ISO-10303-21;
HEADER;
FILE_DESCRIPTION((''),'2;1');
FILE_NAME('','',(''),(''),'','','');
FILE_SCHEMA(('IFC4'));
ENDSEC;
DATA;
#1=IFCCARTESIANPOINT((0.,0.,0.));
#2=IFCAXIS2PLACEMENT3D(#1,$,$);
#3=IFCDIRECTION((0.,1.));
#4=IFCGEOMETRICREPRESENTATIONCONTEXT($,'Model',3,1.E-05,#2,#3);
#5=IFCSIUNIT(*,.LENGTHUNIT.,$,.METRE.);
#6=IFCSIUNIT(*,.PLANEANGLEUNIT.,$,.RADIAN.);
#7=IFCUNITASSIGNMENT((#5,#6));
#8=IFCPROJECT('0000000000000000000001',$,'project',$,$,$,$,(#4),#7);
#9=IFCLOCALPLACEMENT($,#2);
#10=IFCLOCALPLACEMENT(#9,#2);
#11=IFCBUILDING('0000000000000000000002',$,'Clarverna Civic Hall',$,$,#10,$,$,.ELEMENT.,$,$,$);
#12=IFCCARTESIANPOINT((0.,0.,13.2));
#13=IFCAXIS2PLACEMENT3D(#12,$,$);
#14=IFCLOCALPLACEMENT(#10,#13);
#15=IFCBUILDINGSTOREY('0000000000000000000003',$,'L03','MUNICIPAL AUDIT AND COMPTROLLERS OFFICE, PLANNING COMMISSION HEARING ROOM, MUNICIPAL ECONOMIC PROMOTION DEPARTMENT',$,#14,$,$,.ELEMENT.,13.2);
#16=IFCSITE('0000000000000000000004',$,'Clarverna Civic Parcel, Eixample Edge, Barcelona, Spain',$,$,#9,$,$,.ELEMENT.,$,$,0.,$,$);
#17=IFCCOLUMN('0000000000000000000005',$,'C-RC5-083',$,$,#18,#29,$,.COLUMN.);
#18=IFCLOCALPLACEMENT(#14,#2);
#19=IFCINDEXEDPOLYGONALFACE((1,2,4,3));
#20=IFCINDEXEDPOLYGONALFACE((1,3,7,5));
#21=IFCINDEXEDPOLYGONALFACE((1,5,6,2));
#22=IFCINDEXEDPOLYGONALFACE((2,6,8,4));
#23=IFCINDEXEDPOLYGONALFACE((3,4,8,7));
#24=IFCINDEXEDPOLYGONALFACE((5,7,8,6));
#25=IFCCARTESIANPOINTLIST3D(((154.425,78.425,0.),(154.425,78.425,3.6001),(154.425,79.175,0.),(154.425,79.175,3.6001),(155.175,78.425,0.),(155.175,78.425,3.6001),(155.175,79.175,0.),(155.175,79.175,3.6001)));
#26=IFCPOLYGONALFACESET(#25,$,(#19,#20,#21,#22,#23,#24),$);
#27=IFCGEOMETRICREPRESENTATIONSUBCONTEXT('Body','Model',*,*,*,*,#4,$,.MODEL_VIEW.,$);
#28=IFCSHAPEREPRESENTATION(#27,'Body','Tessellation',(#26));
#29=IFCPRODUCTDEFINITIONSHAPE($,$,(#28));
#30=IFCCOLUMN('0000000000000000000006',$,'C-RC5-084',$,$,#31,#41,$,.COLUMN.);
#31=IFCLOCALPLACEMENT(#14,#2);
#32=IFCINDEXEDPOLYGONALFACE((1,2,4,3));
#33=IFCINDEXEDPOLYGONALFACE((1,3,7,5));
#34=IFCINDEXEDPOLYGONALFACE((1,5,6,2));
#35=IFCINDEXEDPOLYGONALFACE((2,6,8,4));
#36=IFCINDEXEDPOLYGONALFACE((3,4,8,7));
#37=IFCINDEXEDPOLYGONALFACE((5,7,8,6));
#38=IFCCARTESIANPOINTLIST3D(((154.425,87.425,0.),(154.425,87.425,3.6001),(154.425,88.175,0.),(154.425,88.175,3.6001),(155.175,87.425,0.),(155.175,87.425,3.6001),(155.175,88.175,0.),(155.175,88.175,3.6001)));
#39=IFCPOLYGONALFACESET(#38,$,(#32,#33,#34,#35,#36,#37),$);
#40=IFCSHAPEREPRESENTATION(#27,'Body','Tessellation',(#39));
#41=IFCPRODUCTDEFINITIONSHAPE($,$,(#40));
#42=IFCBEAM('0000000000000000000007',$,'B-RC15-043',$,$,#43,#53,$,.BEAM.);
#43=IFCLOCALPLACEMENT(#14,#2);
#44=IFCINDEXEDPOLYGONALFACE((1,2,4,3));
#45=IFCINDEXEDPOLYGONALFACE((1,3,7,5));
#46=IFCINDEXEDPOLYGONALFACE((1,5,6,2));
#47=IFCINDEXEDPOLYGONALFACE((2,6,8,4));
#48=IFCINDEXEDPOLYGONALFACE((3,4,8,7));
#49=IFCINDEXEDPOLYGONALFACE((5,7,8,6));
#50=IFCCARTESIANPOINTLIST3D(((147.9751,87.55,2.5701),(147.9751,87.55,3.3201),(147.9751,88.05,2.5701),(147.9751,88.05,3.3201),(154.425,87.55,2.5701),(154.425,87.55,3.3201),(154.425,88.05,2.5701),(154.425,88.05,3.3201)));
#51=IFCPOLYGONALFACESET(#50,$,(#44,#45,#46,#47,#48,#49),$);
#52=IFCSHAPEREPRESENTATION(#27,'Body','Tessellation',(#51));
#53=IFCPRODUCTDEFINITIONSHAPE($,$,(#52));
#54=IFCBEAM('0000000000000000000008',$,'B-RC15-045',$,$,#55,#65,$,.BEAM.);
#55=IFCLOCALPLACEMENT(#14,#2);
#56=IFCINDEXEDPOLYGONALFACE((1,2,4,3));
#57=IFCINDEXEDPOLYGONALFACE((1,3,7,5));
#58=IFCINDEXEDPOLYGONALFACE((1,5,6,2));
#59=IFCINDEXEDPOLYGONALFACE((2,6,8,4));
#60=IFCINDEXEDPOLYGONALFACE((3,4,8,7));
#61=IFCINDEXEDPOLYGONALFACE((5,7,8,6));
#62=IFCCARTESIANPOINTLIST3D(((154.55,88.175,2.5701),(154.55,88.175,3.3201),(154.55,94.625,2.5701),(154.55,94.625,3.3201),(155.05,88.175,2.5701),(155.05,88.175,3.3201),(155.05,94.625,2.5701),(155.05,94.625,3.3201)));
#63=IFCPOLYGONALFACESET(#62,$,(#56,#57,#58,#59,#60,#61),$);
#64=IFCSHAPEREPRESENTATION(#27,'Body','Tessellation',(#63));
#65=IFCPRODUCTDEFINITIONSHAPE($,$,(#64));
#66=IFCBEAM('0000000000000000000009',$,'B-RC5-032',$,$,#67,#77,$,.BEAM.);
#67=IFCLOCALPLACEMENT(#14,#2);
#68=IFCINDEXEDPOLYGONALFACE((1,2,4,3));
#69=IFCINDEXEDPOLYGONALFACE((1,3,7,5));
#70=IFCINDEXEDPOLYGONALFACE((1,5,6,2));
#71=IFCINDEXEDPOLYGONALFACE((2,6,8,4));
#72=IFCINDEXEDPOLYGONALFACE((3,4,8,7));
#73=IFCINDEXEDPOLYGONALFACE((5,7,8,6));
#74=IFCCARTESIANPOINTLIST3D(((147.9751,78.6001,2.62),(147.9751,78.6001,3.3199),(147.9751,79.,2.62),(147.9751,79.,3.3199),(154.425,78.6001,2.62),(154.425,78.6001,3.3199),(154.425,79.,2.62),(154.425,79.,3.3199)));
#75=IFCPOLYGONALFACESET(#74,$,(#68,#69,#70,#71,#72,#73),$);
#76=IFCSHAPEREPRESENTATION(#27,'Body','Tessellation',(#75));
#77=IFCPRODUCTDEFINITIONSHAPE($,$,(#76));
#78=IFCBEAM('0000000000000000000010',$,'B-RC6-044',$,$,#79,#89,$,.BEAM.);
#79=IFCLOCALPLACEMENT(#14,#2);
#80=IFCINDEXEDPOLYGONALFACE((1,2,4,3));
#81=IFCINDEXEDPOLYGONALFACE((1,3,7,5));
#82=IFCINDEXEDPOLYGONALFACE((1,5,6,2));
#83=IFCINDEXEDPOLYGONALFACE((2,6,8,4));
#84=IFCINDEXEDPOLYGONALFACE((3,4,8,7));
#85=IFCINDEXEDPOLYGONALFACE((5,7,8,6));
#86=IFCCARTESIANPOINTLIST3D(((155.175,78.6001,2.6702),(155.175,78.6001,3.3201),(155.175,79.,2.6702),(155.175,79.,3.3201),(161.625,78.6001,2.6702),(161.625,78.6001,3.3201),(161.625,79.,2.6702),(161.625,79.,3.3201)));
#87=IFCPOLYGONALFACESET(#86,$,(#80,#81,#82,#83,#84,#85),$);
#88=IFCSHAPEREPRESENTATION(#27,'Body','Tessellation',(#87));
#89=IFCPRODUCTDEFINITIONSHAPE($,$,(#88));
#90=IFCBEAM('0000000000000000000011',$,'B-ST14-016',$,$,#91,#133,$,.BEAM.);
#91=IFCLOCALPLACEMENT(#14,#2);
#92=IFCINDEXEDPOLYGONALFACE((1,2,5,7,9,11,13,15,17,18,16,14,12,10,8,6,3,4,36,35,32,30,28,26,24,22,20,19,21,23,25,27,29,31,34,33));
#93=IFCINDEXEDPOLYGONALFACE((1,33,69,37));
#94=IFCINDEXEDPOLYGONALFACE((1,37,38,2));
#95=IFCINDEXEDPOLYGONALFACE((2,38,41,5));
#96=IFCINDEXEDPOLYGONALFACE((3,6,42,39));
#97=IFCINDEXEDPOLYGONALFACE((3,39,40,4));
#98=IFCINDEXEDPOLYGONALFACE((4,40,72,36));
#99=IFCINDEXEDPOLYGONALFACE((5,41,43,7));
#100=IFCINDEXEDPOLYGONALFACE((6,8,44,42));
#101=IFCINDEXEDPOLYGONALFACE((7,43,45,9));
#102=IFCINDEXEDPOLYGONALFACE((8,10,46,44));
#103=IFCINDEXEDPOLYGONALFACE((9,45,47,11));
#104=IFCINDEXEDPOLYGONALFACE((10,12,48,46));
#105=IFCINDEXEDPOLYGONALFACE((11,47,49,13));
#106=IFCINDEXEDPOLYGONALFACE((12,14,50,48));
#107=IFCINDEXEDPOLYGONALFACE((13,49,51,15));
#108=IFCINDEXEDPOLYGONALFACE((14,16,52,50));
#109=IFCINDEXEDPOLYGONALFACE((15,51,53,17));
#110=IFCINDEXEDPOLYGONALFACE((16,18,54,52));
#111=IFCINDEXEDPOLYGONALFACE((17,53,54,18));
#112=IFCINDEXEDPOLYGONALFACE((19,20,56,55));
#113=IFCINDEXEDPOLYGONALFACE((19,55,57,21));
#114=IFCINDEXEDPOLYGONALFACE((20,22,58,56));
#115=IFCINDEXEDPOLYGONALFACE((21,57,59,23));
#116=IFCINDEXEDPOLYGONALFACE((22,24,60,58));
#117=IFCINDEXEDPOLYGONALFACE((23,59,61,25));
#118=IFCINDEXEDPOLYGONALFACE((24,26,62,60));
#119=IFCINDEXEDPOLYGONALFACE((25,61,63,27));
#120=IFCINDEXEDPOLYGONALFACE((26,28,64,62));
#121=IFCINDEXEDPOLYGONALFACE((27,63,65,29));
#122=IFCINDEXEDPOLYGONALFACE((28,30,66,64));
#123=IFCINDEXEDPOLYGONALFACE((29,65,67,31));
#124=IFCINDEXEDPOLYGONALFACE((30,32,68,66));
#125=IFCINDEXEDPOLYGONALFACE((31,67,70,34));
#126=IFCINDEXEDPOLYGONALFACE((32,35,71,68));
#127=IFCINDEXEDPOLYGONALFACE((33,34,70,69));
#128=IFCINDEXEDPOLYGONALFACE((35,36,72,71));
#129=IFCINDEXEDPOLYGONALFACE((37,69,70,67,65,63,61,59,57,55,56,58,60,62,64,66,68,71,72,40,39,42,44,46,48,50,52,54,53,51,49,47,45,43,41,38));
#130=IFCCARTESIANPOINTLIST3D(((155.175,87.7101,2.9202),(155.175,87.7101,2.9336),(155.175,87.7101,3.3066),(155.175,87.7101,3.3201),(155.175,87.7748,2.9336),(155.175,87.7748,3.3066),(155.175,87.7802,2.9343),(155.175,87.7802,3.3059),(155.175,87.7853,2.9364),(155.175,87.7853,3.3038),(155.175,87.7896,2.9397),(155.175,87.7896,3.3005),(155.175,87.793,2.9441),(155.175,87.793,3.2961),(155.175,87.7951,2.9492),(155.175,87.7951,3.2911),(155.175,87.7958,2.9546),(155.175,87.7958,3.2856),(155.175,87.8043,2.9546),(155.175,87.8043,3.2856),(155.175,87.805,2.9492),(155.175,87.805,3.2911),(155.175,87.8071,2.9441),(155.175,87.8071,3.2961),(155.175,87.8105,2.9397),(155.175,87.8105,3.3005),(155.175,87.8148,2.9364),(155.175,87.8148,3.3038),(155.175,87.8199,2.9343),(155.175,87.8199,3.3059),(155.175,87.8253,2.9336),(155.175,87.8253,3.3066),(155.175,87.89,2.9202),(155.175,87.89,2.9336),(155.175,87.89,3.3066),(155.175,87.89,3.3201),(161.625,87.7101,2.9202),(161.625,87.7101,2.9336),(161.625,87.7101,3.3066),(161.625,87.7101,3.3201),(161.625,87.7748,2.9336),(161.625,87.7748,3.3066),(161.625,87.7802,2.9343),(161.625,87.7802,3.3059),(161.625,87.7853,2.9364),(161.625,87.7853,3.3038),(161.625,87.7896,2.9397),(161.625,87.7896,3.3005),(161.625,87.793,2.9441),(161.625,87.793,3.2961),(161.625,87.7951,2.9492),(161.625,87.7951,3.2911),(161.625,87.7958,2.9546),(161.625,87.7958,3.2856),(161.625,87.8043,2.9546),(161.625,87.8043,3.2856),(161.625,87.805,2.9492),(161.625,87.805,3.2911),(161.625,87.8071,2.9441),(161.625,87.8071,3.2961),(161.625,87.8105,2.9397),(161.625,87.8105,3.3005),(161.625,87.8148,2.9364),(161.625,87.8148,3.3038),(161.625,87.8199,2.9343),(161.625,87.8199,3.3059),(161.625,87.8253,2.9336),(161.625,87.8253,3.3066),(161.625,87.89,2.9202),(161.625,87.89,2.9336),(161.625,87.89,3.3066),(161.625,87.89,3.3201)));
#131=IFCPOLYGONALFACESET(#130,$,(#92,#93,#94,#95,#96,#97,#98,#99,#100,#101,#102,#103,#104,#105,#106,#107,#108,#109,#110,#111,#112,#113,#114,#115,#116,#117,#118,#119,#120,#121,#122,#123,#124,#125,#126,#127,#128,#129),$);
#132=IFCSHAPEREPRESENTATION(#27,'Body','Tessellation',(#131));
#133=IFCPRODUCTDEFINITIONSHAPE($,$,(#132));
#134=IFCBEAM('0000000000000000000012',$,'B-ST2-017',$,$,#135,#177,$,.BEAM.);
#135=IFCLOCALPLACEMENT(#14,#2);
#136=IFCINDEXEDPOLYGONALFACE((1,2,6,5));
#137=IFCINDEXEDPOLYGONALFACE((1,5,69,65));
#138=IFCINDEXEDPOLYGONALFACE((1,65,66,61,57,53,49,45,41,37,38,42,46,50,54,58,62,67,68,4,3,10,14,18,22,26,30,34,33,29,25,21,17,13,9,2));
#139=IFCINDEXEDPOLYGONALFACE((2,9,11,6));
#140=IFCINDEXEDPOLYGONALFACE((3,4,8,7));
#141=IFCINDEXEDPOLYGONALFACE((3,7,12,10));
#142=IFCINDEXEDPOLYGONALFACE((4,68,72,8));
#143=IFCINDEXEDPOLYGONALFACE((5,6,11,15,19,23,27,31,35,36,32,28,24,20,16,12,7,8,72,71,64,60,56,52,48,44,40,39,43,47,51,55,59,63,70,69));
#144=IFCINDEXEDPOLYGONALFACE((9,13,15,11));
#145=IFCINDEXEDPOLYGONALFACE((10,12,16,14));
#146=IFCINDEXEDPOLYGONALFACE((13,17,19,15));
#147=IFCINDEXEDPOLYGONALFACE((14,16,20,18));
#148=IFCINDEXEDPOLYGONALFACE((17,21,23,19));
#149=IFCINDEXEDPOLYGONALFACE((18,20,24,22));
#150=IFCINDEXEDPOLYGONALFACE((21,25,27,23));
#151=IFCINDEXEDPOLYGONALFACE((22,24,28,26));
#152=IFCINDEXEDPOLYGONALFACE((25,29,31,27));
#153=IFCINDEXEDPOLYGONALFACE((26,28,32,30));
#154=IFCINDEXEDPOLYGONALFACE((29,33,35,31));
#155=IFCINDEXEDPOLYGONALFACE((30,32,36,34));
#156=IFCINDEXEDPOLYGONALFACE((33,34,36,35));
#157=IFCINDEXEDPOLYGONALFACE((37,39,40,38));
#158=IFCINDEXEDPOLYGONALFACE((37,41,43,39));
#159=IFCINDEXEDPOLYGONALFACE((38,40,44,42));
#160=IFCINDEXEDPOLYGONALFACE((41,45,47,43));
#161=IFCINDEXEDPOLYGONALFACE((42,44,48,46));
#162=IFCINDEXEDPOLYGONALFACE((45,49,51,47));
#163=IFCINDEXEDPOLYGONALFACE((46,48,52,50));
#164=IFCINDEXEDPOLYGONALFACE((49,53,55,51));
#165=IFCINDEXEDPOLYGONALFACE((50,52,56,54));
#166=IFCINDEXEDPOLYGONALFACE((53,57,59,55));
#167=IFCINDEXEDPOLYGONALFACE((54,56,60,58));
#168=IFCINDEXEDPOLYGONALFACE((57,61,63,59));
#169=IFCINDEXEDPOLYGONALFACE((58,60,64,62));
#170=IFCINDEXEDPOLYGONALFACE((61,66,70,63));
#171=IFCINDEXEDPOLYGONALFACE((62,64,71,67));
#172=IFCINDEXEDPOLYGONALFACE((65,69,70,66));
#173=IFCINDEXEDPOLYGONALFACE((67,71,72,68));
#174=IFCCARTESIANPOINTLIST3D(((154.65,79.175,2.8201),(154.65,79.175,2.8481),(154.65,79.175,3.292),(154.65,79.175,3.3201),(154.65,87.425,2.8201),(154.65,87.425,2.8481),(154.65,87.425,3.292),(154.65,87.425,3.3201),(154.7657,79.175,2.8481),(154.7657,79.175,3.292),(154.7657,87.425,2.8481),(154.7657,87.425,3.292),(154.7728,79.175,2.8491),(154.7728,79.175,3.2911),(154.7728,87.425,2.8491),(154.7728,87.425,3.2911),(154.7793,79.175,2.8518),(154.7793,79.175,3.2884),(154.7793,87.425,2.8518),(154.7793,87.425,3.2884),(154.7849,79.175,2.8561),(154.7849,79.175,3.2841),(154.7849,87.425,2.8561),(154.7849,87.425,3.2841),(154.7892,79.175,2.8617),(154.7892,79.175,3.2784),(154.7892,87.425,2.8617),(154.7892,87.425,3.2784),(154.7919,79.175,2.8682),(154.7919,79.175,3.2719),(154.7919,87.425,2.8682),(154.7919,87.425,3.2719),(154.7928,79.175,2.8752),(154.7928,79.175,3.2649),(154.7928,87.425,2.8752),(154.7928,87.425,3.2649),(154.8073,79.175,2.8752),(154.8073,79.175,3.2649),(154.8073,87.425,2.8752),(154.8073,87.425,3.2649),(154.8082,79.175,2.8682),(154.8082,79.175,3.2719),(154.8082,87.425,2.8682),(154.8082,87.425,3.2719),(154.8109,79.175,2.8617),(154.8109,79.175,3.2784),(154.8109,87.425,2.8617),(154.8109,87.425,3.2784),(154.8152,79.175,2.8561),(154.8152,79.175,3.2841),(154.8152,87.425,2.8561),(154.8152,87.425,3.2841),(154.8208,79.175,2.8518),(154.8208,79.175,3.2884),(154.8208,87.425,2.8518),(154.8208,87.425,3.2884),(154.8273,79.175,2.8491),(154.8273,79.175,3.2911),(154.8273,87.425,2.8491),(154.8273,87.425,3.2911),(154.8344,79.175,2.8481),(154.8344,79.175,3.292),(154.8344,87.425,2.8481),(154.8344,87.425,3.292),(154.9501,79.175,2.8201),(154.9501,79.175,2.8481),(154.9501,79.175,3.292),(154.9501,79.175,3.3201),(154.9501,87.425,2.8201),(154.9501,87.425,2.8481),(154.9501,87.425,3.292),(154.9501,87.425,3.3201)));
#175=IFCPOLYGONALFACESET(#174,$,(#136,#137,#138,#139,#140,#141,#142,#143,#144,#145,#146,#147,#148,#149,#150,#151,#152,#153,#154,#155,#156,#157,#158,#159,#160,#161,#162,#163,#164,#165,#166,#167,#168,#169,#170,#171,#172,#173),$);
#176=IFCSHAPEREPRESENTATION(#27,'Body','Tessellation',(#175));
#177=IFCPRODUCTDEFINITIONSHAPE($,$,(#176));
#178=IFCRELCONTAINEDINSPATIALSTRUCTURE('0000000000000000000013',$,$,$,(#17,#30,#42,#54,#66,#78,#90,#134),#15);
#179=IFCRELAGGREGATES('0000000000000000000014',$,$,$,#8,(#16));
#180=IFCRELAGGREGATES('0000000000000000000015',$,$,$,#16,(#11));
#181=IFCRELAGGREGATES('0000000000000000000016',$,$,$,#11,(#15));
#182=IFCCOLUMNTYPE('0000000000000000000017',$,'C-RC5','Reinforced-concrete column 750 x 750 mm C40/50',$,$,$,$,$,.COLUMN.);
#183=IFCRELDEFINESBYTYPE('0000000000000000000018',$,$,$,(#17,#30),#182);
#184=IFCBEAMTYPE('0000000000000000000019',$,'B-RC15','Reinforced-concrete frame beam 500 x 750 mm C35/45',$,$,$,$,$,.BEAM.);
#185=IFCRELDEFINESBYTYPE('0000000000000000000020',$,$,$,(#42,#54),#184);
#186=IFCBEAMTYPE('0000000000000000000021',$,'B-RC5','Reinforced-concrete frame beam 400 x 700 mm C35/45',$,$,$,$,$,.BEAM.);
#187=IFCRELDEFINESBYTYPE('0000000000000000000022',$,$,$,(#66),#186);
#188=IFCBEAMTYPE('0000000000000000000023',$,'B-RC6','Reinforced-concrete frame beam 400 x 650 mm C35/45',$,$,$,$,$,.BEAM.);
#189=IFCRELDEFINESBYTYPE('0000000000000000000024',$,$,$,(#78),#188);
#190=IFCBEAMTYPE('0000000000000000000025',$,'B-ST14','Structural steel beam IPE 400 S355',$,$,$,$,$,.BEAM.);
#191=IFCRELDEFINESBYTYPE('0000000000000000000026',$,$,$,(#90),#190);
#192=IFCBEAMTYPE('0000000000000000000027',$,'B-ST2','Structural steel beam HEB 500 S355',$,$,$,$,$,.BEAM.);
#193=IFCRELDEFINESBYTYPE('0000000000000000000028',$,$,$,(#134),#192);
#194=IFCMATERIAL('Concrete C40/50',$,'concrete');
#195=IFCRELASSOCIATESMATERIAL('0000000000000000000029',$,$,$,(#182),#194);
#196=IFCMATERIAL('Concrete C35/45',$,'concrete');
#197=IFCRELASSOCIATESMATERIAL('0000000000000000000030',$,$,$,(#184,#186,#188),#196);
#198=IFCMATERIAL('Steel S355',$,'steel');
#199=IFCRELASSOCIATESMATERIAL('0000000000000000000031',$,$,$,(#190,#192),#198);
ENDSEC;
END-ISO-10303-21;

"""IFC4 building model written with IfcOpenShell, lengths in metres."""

from ifc_helpers import new_model, si_unit, direction, frame, origin, origin_2d, place, context, subcontext, project, spatial, rectangle, i_section, extrude, material, material_profile, profile_set, type_object, element, save


model = new_model("IFC4")

# Units and contexts
model_context = context("Model", 3, precision=1e-05, world=origin(), true_north=direction((0.0, 1.0)))
body_context = subcontext(model_context, "Body", "Model", "MODEL_VIEW")
ifc_project = project(units=[si_unit("LENGTHUNIT", "METRE"), si_unit("PLANEANGLEUNIT", "RADIAN")], contexts=[model_context])

# Site, building, storey
site_placement = place(None, origin())
site = spatial("IfcSite", under=ifc_project, at=site_placement, Name="Clarverna Civic Parcel, Eixample Edge, Barcelona, Spain", CompositionType="ELEMENT", RefElevation=0.0)
building_placement = place(site_placement, origin())
building = spatial("IfcBuilding", under=site, at=building_placement, Name="Clarverna Civic Hall", CompositionType="ELEMENT")
storey_placement = place(building_placement, frame((0.0, 0.0, 13.2)))
storey = spatial("IfcBuildingStorey", under=building, at=storey_placement, Name="L03", Description="MUNICIPAL AUDIT AND COMPTROLLERS OFFICE, PLANNING COMMISSION HEARING ROOM, MUNICIPAL ECONOMIC PROMOTION DEPARTMENT", CompositionType="ELEMENT", Elevation=13.2)

# Columns
ifc_material_1 = material(Name="Concrete C40/50", Category="concrete")
ifc_material_profile_1 = material_profile(ifc_material_1, rectangle(XDim=0.75, YDim=0.75, at=origin_2d()), Name="RC 750x750")
ifc_profile_set_1 = profile_set([ifc_material_profile_1], Name="Concrete C40/50")
column_type = type_object("IfcColumnType", Name="C-RC5", Description="Reinforced-concrete column 750 x 750 mm C40/50", PredefinedType="COLUMN", material=ifc_profile_set_1)
for number, where, z_axis, x_axis, name in (
    (1, (154.8, 78.8, 0.0), (0.0, 0.0, 1.0), (1.0, 0.0, 0.0), "C-RC5-083"),
    (2, (154.8, 87.8, 0.0), (0.0, 0.0, 1.0), (1.0, 0.0, 0.0), "C-RC5-084"),
):
    element("IfcColumn", number, at=place(storey_placement, frame(where, z_axis=z_axis, x_axis=x_axis)), inside=storey, type_object=column_type, Name=name, PredefinedType="COLUMN", context=body_context, shape_type="SweptSolid", body=[
        extrude(rectangle(XDim=0.75, YDim=0.75, at=origin_2d()), origin(), (0.0, 0.0, 1.0), 3.6001),
    ])

# Beams
ifc_material_2 = material(Name="Concrete C35/45", Category="concrete")
ifc_material_profile_2 = material_profile(ifc_material_2, rectangle(XDim=0.5, YDim=0.75, at=origin_2d()), Name="RC 500x750")
ifc_profile_set_2 = profile_set([ifc_material_profile_2], Name="Concrete C35/45")
beam_type_1 = type_object("IfcBeamType", Name="B-RC15", Description="Reinforced-concrete frame beam 500 x 750 mm C35/45", PredefinedType="BEAM", material=ifc_profile_set_2)
for number, where, z_axis, x_axis, name in (
    (3, (147.9751, 87.8, 2.9451), (1.0, 0.0, 0.0), (0.0, 1.0, 0.0), "B-RC15-043"),
    (4, (154.8, 88.175, 2.9451), (0.0, 1.0, 0.0), (-1.0, 0.0, 0.0), "B-RC15-045"),
):
    element("IfcBeam", number, at=place(storey_placement, frame(where, z_axis=z_axis, x_axis=x_axis)), inside=storey, type_object=beam_type_1, Name=name, PredefinedType="BEAM", context=body_context, shape_type="SweptSolid", body=[
        extrude(rectangle(XDim=0.5, YDim=0.75, at=origin_2d()), origin(), (0.0, 0.0, 1.0), 6.45),
    ])
ifc_material_profile_3 = material_profile(ifc_material_2, rectangle(XDim=0.3999, YDim=0.7, at=origin_2d()), Name="RC 400x700")
ifc_profile_set_3 = profile_set([ifc_material_profile_3], Name="Concrete C35/45")
beam_type_2 = type_object("IfcBeamType", Name="B-RC5", Description="Reinforced-concrete frame beam 400 x 700 mm C35/45", PredefinedType="BEAM", material=ifc_profile_set_3)
beam_1_placement = place(storey_placement, frame((147.9751, 78.8, 2.97), z_axis=(1.0, 0.0, 0.0), x_axis=(0.0, 1.0, 0.0)))
element("IfcBeam", 5, at=beam_1_placement, inside=storey, type_object=beam_type_2, Name="B-RC5-032", PredefinedType="BEAM", context=body_context, shape_type="SweptSolid", body=[
    extrude(rectangle(XDim=0.3999, YDim=0.7, at=origin_2d()), origin(), (0.0, 0.0, 1.0), 6.45),
])
ifc_material_profile_4 = material_profile(ifc_material_2, rectangle(XDim=0.3999, YDim=0.6499, at=origin_2d()), Name="RC 400x650")
ifc_profile_set_4 = profile_set([ifc_material_profile_4], Name="Concrete C35/45")
beam_type_3 = type_object("IfcBeamType", Name="B-RC6", Description="Reinforced-concrete frame beam 400 x 650 mm C35/45", PredefinedType="BEAM", material=ifc_profile_set_4)
beam_2_placement = place(storey_placement, frame((155.175, 78.8, 2.9951), z_axis=(1.0, 0.0, 0.0), x_axis=(0.0, 1.0, 0.0)))
element("IfcBeam", 6, at=beam_2_placement, inside=storey, type_object=beam_type_3, Name="B-RC6-044", PredefinedType="BEAM", context=body_context, shape_type="SweptSolid", body=[
    extrude(rectangle(XDim=0.3999, YDim=0.6499, at=origin_2d()), origin(), (0.0, 0.0, 1.0), 6.45),
])
ifc_material_3 = material(Name="Steel S355", Category="steel")
ifc_material_profile_5 = material_profile(ifc_material_3, i_section(OverallWidth=0.1799, OverallDepth=0.3999, WebThickness=0.0085, FlangeThickness=0.0134, FilletRadius=0.021, at=origin_2d()), Name="IPE 400")
ifc_profile_set_5 = profile_set([ifc_material_profile_5], Name="Steel S355")
beam_type_4 = type_object("IfcBeamType", Name="B-ST14", Description="Structural steel beam IPE 400 S355", PredefinedType="BEAM", material=ifc_profile_set_5)
beam_3_placement = place(storey_placement, frame((155.175, 87.8, 3.1201), z_axis=(1.0, 0.0, 0.0), x_axis=(0.0, 1.0, 0.0)))
element("IfcBeam", 7, at=beam_3_placement, inside=storey, type_object=beam_type_4, Name="B-ST14-016", PredefinedType="BEAM", context=body_context, shape_type="SweptSolid", body=[
    extrude(i_section(OverallWidth=0.1799, OverallDepth=0.3999, WebThickness=0.0085, FlangeThickness=0.0134, FilletRadius=0.021, at=origin_2d()), origin(), (0.0, 0.0, 1.0), 6.45),
])
ifc_material_profile_6 = material_profile(ifc_material_3, i_section(OverallWidth=0.3, OverallDepth=0.5, WebThickness=0.0144, FlangeThickness=0.0281, FilletRadius=0.0271, at=origin_2d()), Name="HEB 500")
ifc_profile_set_6 = profile_set([ifc_material_profile_6], Name="Steel S355")
beam_type_5 = type_object("IfcBeamType", Name="B-ST2", Description="Structural steel beam HEB 500 S355", PredefinedType="BEAM", material=ifc_profile_set_6)
beam_4_placement = place(storey_placement, frame((154.8, 79.175, 3.0701), z_axis=(0.0, 1.0, 0.0), x_axis=(-1.0, 0.0, 0.0)))
element("IfcBeam", 8, at=beam_4_placement, inside=storey, type_object=beam_type_5, Name="B-ST2-017", PredefinedType="BEAM", context=body_context, shape_type="SweptSolid", body=[
    extrude(i_section(OverallWidth=0.3, OverallDepth=0.5, WebThickness=0.0144, FlangeThickness=0.0281, FilletRadius=0.0271, at=origin_2d()), origin(), (0.0, 0.0, 1.0), 8.25),
])

save(model, "model.ifc")
